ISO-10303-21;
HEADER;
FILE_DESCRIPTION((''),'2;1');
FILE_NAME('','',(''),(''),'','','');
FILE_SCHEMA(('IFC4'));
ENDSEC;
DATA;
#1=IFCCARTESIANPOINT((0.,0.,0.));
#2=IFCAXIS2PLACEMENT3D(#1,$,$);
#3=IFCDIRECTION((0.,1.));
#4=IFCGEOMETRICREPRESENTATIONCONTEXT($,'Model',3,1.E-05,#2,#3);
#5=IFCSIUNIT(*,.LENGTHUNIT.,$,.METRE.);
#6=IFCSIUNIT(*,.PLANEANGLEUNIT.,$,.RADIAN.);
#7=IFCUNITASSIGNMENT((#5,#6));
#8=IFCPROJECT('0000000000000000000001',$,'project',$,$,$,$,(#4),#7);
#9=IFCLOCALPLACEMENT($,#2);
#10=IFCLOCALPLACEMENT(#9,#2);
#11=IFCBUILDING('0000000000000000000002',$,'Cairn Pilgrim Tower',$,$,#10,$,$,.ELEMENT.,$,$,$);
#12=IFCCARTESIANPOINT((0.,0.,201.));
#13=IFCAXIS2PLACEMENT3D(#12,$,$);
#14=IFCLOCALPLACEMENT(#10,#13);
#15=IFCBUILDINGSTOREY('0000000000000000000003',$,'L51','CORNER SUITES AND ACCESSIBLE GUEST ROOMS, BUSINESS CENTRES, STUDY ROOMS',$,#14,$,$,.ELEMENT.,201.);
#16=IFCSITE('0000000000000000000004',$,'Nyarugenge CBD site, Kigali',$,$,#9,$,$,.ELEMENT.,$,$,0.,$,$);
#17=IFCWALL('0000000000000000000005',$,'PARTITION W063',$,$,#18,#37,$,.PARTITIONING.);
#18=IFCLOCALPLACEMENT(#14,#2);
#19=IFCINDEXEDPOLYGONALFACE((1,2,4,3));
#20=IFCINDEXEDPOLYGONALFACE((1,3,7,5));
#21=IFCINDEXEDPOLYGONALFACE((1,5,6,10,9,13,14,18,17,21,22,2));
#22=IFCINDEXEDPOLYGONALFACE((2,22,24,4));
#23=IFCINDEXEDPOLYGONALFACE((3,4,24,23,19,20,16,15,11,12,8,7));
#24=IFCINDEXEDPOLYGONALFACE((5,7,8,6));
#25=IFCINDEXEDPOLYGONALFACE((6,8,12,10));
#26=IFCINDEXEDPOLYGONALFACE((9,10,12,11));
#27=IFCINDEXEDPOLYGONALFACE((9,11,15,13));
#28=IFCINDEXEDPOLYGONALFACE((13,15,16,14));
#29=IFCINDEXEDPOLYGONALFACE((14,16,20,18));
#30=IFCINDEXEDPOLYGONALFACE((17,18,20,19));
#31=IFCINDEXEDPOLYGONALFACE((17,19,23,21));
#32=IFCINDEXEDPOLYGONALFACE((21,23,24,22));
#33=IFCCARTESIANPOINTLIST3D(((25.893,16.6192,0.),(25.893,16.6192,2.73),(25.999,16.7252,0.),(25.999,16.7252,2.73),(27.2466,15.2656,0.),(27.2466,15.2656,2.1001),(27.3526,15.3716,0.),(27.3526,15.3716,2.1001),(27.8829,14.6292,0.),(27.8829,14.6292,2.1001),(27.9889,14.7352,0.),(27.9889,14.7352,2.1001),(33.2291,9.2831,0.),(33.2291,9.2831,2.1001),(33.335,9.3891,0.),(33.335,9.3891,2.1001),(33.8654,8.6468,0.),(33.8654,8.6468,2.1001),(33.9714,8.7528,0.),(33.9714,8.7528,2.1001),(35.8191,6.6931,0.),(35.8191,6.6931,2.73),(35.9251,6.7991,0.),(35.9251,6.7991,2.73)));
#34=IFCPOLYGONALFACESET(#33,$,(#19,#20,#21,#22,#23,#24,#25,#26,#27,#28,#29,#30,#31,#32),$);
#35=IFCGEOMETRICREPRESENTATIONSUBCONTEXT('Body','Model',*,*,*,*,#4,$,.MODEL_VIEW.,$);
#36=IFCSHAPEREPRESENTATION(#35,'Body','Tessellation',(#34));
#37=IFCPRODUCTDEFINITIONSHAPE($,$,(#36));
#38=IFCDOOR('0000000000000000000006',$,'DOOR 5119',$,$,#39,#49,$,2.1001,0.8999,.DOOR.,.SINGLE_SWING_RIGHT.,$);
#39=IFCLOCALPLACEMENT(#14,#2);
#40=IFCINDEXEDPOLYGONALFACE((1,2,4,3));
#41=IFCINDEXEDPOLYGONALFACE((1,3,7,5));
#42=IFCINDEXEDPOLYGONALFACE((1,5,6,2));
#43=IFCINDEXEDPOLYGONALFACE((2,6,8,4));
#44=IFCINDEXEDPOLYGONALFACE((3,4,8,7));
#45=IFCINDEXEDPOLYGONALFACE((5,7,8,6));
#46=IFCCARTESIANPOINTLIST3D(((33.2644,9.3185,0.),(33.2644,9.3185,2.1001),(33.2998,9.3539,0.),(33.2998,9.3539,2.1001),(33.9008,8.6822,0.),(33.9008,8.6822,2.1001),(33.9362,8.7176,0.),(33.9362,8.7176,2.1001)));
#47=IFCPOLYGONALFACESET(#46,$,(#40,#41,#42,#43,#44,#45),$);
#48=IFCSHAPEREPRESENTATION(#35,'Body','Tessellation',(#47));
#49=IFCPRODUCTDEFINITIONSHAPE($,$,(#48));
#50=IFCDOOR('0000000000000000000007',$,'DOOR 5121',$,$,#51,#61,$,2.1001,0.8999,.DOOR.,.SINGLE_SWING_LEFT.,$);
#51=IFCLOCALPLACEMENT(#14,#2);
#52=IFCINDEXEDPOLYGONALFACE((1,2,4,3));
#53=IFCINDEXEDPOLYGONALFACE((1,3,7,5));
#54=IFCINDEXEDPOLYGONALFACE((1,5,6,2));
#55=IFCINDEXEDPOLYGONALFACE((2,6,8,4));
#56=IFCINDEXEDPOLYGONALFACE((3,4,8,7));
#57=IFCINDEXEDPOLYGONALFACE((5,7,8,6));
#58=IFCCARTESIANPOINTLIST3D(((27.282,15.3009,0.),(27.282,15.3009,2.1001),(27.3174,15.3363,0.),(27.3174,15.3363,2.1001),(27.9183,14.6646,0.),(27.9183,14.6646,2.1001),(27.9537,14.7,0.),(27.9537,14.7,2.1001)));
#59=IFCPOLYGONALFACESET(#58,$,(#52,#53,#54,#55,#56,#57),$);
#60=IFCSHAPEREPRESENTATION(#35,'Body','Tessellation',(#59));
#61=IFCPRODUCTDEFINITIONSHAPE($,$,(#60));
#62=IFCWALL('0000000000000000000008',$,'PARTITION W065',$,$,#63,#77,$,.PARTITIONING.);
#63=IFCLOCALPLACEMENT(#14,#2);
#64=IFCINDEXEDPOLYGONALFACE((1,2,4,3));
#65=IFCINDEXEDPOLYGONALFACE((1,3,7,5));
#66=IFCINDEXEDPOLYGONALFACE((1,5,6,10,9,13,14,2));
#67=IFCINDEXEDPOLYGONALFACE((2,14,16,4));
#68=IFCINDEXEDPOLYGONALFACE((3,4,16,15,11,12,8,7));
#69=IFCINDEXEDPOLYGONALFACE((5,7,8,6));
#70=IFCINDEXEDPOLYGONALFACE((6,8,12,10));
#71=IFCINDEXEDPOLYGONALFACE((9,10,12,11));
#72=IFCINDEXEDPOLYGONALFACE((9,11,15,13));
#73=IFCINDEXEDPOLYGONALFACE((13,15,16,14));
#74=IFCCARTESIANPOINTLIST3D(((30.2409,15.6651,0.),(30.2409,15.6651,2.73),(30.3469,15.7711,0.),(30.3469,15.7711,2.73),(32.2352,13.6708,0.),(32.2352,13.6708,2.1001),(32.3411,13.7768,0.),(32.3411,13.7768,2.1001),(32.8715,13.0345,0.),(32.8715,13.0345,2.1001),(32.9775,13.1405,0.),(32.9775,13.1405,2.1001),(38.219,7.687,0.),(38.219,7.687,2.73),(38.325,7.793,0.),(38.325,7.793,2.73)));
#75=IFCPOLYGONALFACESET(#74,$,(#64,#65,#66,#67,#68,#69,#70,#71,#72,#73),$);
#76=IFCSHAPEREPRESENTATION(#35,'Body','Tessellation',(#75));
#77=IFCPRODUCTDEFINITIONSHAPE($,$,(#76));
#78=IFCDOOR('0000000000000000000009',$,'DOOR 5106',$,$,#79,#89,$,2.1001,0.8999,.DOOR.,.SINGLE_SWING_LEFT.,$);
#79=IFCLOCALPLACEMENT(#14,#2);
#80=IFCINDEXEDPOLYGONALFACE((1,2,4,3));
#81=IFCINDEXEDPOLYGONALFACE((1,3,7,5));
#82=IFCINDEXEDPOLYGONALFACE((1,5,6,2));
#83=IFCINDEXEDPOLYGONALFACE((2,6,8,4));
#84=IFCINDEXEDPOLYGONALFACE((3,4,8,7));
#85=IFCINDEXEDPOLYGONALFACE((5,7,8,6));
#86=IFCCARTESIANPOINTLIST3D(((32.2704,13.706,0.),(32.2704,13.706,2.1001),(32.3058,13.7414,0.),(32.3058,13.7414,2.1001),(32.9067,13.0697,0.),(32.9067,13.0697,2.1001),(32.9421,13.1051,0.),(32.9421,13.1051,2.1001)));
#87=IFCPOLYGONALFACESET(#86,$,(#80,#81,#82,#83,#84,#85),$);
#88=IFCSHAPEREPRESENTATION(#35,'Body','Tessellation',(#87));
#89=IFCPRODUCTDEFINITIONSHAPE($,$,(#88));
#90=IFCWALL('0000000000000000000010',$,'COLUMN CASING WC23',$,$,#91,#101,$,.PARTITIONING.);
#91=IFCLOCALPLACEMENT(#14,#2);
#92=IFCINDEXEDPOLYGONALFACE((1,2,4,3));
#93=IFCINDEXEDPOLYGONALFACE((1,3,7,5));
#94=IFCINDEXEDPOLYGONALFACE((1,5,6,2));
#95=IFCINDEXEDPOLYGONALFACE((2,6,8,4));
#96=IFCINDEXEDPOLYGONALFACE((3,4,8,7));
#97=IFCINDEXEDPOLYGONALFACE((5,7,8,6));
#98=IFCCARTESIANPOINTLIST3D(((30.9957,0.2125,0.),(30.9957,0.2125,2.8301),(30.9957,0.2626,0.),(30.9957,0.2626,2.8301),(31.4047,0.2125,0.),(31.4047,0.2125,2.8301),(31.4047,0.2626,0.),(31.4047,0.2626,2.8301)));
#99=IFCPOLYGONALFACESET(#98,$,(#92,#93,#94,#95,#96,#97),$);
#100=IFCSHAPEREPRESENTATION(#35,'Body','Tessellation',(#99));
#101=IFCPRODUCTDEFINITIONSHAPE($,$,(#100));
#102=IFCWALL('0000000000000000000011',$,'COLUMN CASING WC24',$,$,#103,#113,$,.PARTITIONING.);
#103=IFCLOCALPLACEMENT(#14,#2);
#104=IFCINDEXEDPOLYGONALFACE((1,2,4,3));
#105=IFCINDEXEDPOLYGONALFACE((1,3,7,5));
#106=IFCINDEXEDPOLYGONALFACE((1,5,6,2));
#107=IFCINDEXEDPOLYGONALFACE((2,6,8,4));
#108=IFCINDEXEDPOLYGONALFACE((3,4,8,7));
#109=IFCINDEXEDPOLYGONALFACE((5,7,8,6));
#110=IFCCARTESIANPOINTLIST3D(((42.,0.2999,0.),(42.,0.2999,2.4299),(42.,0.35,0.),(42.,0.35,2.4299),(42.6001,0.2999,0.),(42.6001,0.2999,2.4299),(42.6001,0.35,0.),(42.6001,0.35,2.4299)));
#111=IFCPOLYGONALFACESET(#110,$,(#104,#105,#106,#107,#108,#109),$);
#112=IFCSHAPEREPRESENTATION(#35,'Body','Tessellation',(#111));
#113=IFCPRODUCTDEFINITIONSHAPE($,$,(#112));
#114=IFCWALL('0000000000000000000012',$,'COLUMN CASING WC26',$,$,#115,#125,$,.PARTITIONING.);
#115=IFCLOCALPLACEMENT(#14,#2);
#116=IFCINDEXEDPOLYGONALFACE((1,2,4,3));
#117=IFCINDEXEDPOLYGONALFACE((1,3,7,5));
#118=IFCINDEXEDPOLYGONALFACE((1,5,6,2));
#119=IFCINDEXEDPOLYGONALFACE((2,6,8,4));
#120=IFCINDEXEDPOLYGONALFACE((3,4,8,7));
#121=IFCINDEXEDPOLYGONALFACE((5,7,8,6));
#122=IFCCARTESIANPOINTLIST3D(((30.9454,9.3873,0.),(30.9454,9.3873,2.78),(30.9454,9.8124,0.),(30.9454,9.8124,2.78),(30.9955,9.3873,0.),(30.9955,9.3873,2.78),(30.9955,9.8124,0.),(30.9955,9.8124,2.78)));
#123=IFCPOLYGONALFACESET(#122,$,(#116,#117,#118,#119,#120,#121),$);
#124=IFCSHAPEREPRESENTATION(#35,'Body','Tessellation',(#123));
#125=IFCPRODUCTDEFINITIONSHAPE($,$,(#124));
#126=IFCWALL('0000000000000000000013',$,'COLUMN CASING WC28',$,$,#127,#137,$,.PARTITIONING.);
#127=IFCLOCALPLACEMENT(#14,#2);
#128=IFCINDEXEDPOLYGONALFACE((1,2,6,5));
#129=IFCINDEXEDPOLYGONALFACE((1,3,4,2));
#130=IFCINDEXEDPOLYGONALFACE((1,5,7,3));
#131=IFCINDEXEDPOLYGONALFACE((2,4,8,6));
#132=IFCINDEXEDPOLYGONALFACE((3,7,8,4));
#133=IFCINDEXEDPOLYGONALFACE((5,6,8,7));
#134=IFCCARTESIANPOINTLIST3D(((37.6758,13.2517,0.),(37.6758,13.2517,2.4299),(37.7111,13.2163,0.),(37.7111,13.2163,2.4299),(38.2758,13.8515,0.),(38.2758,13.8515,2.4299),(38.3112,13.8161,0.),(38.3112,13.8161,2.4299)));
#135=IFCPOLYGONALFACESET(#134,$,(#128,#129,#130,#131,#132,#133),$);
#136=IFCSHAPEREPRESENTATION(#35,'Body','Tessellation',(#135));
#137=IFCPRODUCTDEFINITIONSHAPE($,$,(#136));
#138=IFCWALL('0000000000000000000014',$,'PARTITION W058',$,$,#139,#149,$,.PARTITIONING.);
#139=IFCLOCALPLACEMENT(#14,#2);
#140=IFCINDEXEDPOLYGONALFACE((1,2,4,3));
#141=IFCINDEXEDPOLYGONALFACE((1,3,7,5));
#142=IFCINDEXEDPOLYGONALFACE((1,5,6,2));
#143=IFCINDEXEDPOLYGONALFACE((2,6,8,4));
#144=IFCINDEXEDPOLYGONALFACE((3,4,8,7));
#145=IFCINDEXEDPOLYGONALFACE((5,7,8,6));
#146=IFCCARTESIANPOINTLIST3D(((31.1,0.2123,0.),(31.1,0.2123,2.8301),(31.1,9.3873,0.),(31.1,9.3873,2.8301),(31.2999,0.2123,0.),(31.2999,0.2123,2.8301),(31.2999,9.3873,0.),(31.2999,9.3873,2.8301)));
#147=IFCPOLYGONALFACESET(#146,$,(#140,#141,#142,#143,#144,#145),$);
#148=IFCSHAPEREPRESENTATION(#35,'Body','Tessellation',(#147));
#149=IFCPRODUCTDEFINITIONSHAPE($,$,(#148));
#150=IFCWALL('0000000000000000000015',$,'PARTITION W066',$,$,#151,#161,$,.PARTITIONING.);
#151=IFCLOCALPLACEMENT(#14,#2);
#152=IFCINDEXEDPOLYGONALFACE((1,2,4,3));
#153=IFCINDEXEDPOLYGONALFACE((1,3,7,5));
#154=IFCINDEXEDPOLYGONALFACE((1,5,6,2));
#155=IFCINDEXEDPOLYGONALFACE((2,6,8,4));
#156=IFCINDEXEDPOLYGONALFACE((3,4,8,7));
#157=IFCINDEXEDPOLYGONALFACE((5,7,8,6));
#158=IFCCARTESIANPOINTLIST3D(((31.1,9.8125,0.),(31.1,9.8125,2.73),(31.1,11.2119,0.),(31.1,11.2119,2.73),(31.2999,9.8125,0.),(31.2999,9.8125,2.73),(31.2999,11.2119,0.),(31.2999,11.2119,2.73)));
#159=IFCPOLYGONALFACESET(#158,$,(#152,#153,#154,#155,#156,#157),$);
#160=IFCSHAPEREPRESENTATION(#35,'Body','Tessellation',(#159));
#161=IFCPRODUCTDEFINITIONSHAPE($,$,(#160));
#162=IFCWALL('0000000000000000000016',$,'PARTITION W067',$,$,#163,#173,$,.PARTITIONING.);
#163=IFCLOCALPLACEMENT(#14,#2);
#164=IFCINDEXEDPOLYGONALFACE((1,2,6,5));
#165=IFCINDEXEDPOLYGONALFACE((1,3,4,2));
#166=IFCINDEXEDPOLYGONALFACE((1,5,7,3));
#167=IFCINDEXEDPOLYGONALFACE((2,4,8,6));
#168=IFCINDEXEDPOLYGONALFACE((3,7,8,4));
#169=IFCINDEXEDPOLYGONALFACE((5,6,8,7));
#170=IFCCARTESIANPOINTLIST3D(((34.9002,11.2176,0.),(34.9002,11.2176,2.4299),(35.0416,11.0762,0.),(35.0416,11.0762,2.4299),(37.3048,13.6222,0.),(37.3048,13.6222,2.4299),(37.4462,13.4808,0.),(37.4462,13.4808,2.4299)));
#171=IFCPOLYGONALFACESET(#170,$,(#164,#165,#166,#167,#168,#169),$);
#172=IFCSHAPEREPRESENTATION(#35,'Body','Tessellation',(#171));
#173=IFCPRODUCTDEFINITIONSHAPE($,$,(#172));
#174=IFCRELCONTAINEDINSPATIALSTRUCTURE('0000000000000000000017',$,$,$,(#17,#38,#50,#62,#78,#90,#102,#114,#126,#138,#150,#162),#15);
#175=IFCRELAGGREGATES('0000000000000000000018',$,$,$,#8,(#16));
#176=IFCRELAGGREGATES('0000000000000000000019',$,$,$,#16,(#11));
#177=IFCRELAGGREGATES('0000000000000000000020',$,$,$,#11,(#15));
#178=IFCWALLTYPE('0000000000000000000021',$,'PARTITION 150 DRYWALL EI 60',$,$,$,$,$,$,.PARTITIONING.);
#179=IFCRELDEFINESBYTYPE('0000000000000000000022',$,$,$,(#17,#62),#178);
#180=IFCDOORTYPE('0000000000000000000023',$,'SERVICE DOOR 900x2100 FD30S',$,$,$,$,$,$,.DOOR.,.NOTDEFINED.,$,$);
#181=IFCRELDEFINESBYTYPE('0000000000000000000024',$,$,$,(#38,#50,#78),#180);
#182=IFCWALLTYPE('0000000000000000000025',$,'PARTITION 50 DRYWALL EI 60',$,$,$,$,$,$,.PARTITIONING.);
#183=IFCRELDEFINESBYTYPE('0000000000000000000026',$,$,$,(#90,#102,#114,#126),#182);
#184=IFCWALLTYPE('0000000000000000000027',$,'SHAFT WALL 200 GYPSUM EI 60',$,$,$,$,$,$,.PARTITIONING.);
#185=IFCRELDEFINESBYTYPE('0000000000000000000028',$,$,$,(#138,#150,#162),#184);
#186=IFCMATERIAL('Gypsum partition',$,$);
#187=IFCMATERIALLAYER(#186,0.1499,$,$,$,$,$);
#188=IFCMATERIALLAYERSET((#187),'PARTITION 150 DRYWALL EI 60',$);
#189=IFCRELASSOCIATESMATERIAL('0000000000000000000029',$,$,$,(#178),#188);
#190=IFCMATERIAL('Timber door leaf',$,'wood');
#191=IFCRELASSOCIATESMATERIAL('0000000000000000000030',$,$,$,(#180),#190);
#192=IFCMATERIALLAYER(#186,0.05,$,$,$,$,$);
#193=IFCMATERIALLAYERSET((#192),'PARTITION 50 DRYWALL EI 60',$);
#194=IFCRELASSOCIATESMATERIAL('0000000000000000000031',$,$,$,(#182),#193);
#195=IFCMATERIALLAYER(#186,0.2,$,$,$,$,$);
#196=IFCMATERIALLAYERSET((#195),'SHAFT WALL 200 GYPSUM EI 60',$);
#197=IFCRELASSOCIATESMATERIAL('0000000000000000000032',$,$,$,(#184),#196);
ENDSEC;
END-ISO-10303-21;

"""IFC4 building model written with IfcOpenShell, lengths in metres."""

from ifc_helpers import new_model, si_unit, direction, frame, frame_2d, origin, place, context, subcontext, project, spatial, rectangle, extrude, material, layer, layer_set, type_object, element, fill, save


model = new_model("IFC4")

# Units and contexts
model_context = context("Model", 3, precision=1e-05, world=origin(), true_north=direction((0.0, 1.0)))
body_context = subcontext(model_context, "Body", "Model", "MODEL_VIEW")
ifc_project = project(units=[si_unit("LENGTHUNIT", "METRE"), si_unit("PLANEANGLEUNIT", "RADIAN")], contexts=[model_context])

# Site, building, storey
site_placement = place(None, origin())
site = spatial("IfcSite", under=ifc_project, at=site_placement, Name="Nyarugenge CBD site, Kigali", CompositionType="ELEMENT", RefElevation=0.0)
building_placement = place(site_placement, origin())
building = spatial("IfcBuilding", under=site, at=building_placement, Name="Cairn Pilgrim Tower", CompositionType="ELEMENT")
storey_placement = place(building_placement, frame((0.0, 0.0, 201.0)))
storey = spatial("IfcBuildingStorey", under=building, at=storey_placement, Name="L51", Description="CORNER SUITES AND ACCESSIBLE GUEST ROOMS, BUSINESS CENTRES, STUDY ROOMS", CompositionType="ELEMENT", Elevation=201.0)

# Shared definitions
ifc_material_1 = material(Name="Gypsum partition")

# Shared definitions
ifc_material_2 = material(Name="Timber door leaf", Category="wood")

# Wall, openings, doors
ifc_layer_1 = layer(ifc_material_1, 0.1499)
ifc_layer_set_1 = layer_set([ifc_layer_1], Name="PARTITION 150 DRYWALL EI 60")
wall_type_1 = type_object("IfcWallType", Name="PARTITION 150 DRYWALL EI 60", PredefinedType="PARTITIONING", material=ifc_layer_set_1)
wall_1_placement = place(storey_placement, frame((35.8721, 6.7461, 0.0), z_axis=(0.0, 0.0, 1.0), x_axis=(-0.707107, 0.707107, 0.0)))
wall_1 = element("IfcWall", 1, at=wall_1_placement, inside=storey, type_object=wall_type_1, Name="PARTITION W063", PredefinedType="PARTITIONING", context=body_context, shape_type="SweptSolid", body=[
    extrude(rectangle(XDim=14.0376, YDim=0.1499, at=frame_2d((7.0188, 0.0))), origin(), (0.0, 0.0, 1.0), 2.73),
])
opening_1_placement = place(wall_1_placement, frame((2.7629, 0.0, 0.0)))
opening_1 = element("IfcOpeningElement", 2, at=opening_1_placement, cuts=wall_1, PredefinedType="OPENING", context=body_context, shape_type="SweptSolid", body=[
    extrude(rectangle(XDim=0.8999, YDim=2.1001, at=frame_2d((0.45, 1.05))), frame((0.0, 0.085, 0.0), z_axis=(0.0, -1.0, 0.0), x_axis=(1.0, 0.0, 0.0)), (0.0, 0.0, 1.0), 0.1699),
])
opening_2_placement = place(wall_1_placement, frame((11.2234, 0.0, 0.0)))
opening_2 = element("IfcOpeningElement", 3, at=opening_2_placement, cuts=wall_1, PredefinedType="OPENING", context=body_context, shape_type="SweptSolid", body=[
    extrude(rectangle(XDim=0.8999, YDim=2.1001, at=frame_2d((0.45, 1.05))), frame((0.0, 0.085, 0.0), z_axis=(0.0, -1.0, 0.0), x_axis=(1.0, 0.0, 0.0)), (0.0, 0.0, 1.0), 0.1699),
])
door_type_1 = type_object("IfcDoorType", Name="SERVICE DOOR 900x2100 FD30S", OperationType="NOTDEFINED", PredefinedType="DOOR", material=ifc_material_2)
door_1_placement = place(opening_1_placement, origin())
door_1 = element("IfcDoor", 4, at=door_1_placement, inside=storey, type_object=door_type_1, Name="DOOR 5119", OperationType="SINGLE_SWING_RIGHT", OverallHeight=2.1001, OverallWidth=0.8999, PredefinedType="DOOR", context=body_context, shape_type="SweptSolid", body=[
    extrude(rectangle(XDim=0.8999, YDim=2.1001, at=frame_2d((0.45, 1.05))), frame((0.0, 0.0249, 0.0), z_axis=(0.0, -1.0, 0.0), x_axis=(1.0, 0.0, 0.0)), (0.0, 0.0, 1.0), 0.05),
])
fill(opening_1, door_1)
door_2_placement = place(opening_2_placement, origin())
door_2 = element("IfcDoor", 5, at=door_2_placement, inside=storey, type_object=door_type_1, Name="DOOR 5121", OperationType="SINGLE_SWING_LEFT", OverallHeight=2.1001, OverallWidth=0.8999, PredefinedType="DOOR", context=body_context, shape_type="SweptSolid", body=[
    extrude(rectangle(XDim=0.8999, YDim=2.1001, at=frame_2d((0.45, 1.05))), frame((0.0, 0.0249, 0.0), z_axis=(0.0, -1.0, 0.0), x_axis=(1.0, 0.0, 0.0)), (0.0, 0.0, 1.0), 0.05),
])
fill(opening_2, door_2)

# Wall, opening, door
wall_2_placement = place(storey_placement, frame((38.272, 7.74, 0.0), z_axis=(0.0, 0.0, 1.0), x_axis=(-0.707107, 0.707107, 0.0)))
wall_2 = element("IfcWall", 6, at=wall_2_placement, inside=storey, type_object=wall_type_1, Name="PARTITION W065", PredefinedType="PARTITIONING", context=body_context, shape_type="SweptSolid", body=[
    extrude(rectangle(XDim=11.2827, YDim=0.1499, at=frame_2d((5.6414, 0.0))), origin(), (0.0, 0.0, 1.0), 2.73),
])
opening_3_placement = place(wall_2_placement, frame((7.5625, 0.0, 0.0)))
opening_3 = element("IfcOpeningElement", 7, at=opening_3_placement, cuts=wall_2, PredefinedType="OPENING", context=body_context, shape_type="SweptSolid", body=[
    extrude(rectangle(XDim=0.8999, YDim=2.1001, at=frame_2d((0.45, 1.05))), frame((0.0, 0.085, 0.0), z_axis=(0.0, -1.0, 0.0), x_axis=(1.0, 0.0, 0.0)), (0.0, 0.0, 1.0), 0.1699),
])
door_3_placement = place(opening_3_placement, frame((0.8999, 0.0, 0.0), z_axis=(0.0, 0.0, 1.0), x_axis=(-1.0, 0.0, 0.0)))
door_3 = element("IfcDoor", 8, at=door_3_placement, inside=storey, type_object=door_type_1, Name="DOOR 5106", OperationType="SINGLE_SWING_LEFT", OverallHeight=2.1001, OverallWidth=0.8999, PredefinedType="DOOR", context=body_context, shape_type="SweptSolid", body=[
    extrude(rectangle(XDim=0.8999, YDim=2.1001, at=frame_2d((0.45, 1.05))), frame((0.0, 0.0249, 0.0), z_axis=(0.0, -1.0, 0.0), x_axis=(1.0, 0.0, 0.0)), (0.0, 0.0, 1.0), 0.05),
])
fill(opening_3, door_3)

# Walls
ifc_layer_2 = layer(ifc_material_1, 0.05)
ifc_layer_set_2 = layer_set([ifc_layer_2], Name="PARTITION 50 DRYWALL EI 60")
wall_type_2 = type_object("IfcWallType", Name="PARTITION 50 DRYWALL EI 60", PredefinedType="PARTITIONING", material=ifc_layer_set_2)
wall_3_placement = place(storey_placement, frame((30.9956, 0.2375, 0.0), z_axis=(0.0, 0.0, 1.0), x_axis=(1.0, 0.0, 0.0)))
element("IfcWall", 9, at=wall_3_placement, inside=storey, type_object=wall_type_2, Name="COLUMN CASING WC23", PredefinedType="PARTITIONING", context=body_context, shape_type="SweptSolid", body=[
    extrude(rectangle(XDim=0.4089, YDim=0.05, at=frame_2d((0.2046, 0.0))), origin(), (0.0, 0.0, 1.0), 2.8301),
])
wall_4_placement = place(storey_placement, frame((42.0, 0.325, 0.0), z_axis=(0.0, 0.0, 1.0), x_axis=(1.0, 0.0, 0.0)))
element("IfcWall", 10, at=wall_4_placement, inside=storey, type_object=wall_type_2, Name="COLUMN CASING WC24", PredefinedType="PARTITIONING", context=body_context, shape_type="SweptSolid", body=[
    extrude(rectangle(XDim=0.6001, YDim=0.05, at=frame_2d((0.3, 0.0))), origin(), (0.0, 0.0, 1.0), 2.4299),
])
wall_5_placement = place(storey_placement, frame((30.9705, 9.3875, 0.0), z_axis=(0.0, 0.0, 1.0), x_axis=(0.0, 1.0, 0.0)))
element("IfcWall", 11, at=wall_5_placement, inside=storey, type_object=wall_type_2, Name="COLUMN CASING WC26", PredefinedType="PARTITIONING", context=body_context, shape_type="SweptSolid", body=[
    extrude(rectangle(XDim=0.425, YDim=0.05, at=frame_2d((0.2124, 0.0))), origin(), (0.0, 0.0, 1.0), 2.78),
])
wall_6_placement = place(storey_placement, frame((37.6934, 13.2339, 0.0), z_axis=(0.0, 0.0, 1.0), x_axis=(0.707251, 0.706963, 0.0)))
element("IfcWall", 12, at=wall_6_placement, inside=storey, type_object=wall_type_2, Name="COLUMN CASING WC28", PredefinedType="PARTITIONING", context=body_context, shape_type="SweptSolid", body=[
    extrude(rectangle(XDim=0.8484, YDim=0.05, at=frame_2d((0.4243, 0.0))), origin(), (0.0, 0.0, 1.0), 2.4299),
])
ifc_layer_3 = layer(ifc_material_1, 0.2)
ifc_layer_set_3 = layer_set([ifc_layer_3], Name="SHAFT WALL 200 GYPSUM EI 60")
wall_type_3 = type_object("IfcWallType", Name="SHAFT WALL 200 GYPSUM EI 60", PredefinedType="PARTITIONING", material=ifc_layer_set_3)
wall_7_placement = place(storey_placement, frame((31.2, 0.2124, 0.0), z_axis=(0.0, 0.0, 1.0), x_axis=(0.0, 1.0, 0.0)))
element("IfcWall", 13, at=wall_7_placement, inside=storey, type_object=wall_type_3, Name="PARTITION W058", PredefinedType="PARTITIONING", context=body_context, shape_type="SweptSolid", body=[
    extrude(rectangle(XDim=9.175, YDim=0.2, at=frame_2d((4.5874, 0.0))), origin(), (0.0, 0.0, 1.0), 2.8301),
])
wall_8_placement = place(storey_placement, frame((31.2, 9.8125, 0.0), z_axis=(0.0, 0.0, 1.0), x_axis=(0.0, 1.0, 0.0)))
element("IfcWall", 14, at=wall_8_placement, inside=storey, type_object=wall_type_3, Name="PARTITION W066", PredefinedType="PARTITIONING", context=body_context, shape_type="SweptSolid", body=[
    extrude(rectangle(XDim=1.3994, YDim=0.2, at=frame_2d((0.6997, 0.0))), origin(), (0.0, 0.0, 1.0), 2.73),
])
wall_9_placement = place(storey_placement, frame((34.9709, 11.147, 0.0), z_axis=(0.0, 0.0, 1.0), x_axis=(0.707107, 0.707107, 0.0)))
element("IfcWall", 15, at=wall_9_placement, inside=storey, type_object=wall_type_3, Name="PARTITION W067", PredefinedType="PARTITIONING", context=body_context, shape_type="SweptSolid", body=[
    extrude(rectangle(XDim=3.4006, YDim=0.2, at=frame_2d((1.7002, 0.0))), origin(), (0.0, 0.0, 1.0), 2.4299),
])

save(model, "model.ifc")
